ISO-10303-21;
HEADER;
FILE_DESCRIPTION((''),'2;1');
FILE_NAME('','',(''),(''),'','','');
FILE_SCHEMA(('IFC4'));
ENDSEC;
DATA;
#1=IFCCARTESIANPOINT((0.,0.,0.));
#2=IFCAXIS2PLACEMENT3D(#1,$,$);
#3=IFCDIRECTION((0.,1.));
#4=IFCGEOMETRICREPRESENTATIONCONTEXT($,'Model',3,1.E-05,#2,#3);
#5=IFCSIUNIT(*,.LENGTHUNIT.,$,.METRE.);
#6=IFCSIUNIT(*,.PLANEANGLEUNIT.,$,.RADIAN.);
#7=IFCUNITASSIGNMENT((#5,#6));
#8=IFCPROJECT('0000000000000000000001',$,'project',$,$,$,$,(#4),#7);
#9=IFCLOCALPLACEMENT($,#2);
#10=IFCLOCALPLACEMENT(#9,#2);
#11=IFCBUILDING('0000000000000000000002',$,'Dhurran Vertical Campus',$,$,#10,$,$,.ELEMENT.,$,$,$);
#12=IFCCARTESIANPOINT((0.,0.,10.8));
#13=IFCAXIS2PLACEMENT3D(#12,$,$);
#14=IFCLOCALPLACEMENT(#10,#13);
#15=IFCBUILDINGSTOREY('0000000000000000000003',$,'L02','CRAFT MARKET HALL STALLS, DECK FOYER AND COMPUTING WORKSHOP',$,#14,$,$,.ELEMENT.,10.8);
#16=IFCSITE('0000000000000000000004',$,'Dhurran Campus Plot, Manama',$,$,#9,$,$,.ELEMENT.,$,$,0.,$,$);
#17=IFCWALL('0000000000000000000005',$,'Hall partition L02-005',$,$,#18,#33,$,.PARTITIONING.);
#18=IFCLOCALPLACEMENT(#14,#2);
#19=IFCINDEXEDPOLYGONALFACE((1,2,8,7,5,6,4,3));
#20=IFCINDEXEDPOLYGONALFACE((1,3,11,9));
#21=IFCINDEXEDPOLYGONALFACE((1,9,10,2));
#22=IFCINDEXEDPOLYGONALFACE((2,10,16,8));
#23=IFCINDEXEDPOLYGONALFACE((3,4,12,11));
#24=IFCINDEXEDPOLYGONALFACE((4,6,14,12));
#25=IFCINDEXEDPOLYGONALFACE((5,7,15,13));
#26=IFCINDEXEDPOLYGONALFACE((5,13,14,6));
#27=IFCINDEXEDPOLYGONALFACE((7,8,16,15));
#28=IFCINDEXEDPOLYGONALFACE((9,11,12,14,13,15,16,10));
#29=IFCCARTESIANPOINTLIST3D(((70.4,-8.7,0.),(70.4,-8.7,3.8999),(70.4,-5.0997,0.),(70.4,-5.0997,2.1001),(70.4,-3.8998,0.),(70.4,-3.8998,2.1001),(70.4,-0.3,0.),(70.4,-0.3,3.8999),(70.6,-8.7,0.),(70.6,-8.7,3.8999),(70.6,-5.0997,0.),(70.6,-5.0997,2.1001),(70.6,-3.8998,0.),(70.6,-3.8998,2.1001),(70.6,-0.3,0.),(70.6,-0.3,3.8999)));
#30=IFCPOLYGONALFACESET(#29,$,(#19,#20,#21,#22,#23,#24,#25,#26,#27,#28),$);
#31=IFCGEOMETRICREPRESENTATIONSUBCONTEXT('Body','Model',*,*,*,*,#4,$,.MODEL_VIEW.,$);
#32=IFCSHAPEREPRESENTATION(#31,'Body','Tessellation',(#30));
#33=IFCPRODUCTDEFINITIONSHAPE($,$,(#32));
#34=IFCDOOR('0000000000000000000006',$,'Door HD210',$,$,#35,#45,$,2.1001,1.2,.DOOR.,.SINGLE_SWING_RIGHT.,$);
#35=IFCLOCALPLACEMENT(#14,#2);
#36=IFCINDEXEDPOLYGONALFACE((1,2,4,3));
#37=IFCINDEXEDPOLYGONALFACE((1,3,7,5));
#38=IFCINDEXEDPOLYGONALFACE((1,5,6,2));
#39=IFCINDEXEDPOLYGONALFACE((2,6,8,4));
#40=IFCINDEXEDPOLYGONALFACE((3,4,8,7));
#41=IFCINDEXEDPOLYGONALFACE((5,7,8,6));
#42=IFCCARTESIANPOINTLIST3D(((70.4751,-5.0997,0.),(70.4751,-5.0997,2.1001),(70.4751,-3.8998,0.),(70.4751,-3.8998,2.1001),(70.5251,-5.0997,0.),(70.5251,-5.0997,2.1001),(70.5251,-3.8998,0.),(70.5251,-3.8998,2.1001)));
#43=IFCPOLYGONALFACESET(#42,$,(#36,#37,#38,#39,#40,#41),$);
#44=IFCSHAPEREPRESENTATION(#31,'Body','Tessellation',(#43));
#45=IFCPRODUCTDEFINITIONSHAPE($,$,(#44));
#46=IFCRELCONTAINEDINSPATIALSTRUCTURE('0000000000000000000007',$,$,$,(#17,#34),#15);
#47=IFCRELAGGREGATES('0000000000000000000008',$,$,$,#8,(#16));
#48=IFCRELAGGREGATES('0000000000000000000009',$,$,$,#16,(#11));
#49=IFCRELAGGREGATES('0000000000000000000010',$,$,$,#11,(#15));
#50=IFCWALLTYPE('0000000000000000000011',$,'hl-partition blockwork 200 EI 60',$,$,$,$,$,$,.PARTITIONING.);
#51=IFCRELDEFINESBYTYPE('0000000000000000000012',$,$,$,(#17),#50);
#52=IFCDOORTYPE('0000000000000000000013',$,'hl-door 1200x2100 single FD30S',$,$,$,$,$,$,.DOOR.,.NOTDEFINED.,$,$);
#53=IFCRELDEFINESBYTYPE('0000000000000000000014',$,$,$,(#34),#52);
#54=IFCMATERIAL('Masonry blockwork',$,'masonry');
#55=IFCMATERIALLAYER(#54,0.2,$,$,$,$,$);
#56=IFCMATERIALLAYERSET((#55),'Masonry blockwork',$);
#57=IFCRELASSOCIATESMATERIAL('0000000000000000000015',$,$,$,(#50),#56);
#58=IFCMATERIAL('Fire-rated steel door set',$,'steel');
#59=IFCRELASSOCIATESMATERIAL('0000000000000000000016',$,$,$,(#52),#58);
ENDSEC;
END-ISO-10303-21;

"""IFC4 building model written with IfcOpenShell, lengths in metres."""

from ifc_helpers import new_model, si_unit, direction, frame, frame_2d, origin, place, context, subcontext, project, spatial, rectangle, extrude, material, layer, layer_set, type_object, element, fill, save


model = new_model("IFC4")

# Units and contexts
model_context = context("Model", 3, precision=1e-05, world=origin(), true_north=direction((0.0, 1.0)))
body_context = subcontext(model_context, "Body", "Model", "MODEL_VIEW")
ifc_project = project(units=[si_unit("LENGTHUNIT", "METRE"), si_unit("PLANEANGLEUNIT", "RADIAN")], contexts=[model_context])

# Site, building, storey
site_placement = place(None, origin())
site = spatial("IfcSite", under=ifc_project, at=site_placement, Name="Dhurran Campus Plot, Manama", CompositionType="ELEMENT", RefElevation=0.0)
building_placement = place(site_placement, origin())
building = spatial("IfcBuilding", under=site, at=building_placement, Name="Dhurran Vertical Campus", CompositionType="ELEMENT")
storey_placement = place(building_placement, frame((0.0, 0.0, 10.8)))
storey = spatial("IfcBuildingStorey", under=building, at=storey_placement, Name="L02", Description="CRAFT MARKET HALL STALLS, DECK FOYER AND COMPUTING WORKSHOP", CompositionType="ELEMENT", Elevation=10.8)

# Shared definitions
ifc_material_1 = material(Name="Masonry blockwork", Category="masonry")
ifc_layer_1 = layer(ifc_material_1, 0.2)
ifc_layer_set_1 = layer_set([ifc_layer_1], Name="Masonry blockwork")
wall_type_1 = type_object("IfcWallType", Name="hl-partition blockwork 200 EI 60", PredefinedType="PARTITIONING", material=ifc_layer_set_1)

# Wall, opening, door
ifc_material_2 = material(Name="Fire-rated steel door set", Category="steel")
door_type = type_object("IfcDoorType", Name="hl-door 1200x2100 single FD30S", OperationType="NOTDEFINED", PredefinedType="DOOR", material=ifc_material_2)
wall_1_placement = place(storey_placement, frame((70.5, -8.7, 0.0), z_axis=(0.0, 0.0, 1.0), x_axis=(0.0, 1.0, 0.0)))
wall_1 = element("IfcWall", 1, at=wall_1_placement, inside=storey, type_object=wall_type_1, Name="Hall partition L02-005", PredefinedType="PARTITIONING", context=body_context, shape_type="SweptSolid", body=[
    extrude(rectangle(XDim=8.3999, YDim=0.2, at=frame_2d((4.2, 0.0))), origin(), (0.0, 0.0, 1.0), 3.8999),
])
opening_1_placement = place(wall_1_placement, frame((3.6001, 0.0, 0.0)))
opening_1 = element("IfcOpeningElement", 2, at=opening_1_placement, cuts=wall_1, PredefinedType="OPENING", context=body_context, shape_type="SweptSolid", body=[
    extrude(rectangle(XDim=1.2, YDim=2.1001, at=frame_2d((0.6001, 1.05))), frame((0.0, 0.1099, 0.0), z_axis=(0.0, -1.0, 0.0), x_axis=(1.0, 0.0, 0.0)), (0.0, 0.0, 1.0), 0.22),
])
door_1_placement = place(opening_1_placement, origin())
door_1 = element("IfcDoor", 3, at=door_1_placement, inside=storey, type_object=door_type, Name="Door HD210", OperationType="SINGLE_SWING_RIGHT", OverallHeight=2.1001, OverallWidth=1.2, PredefinedType="DOOR", context=body_context, shape_type="SweptSolid", body=[
    extrude(rectangle(XDim=1.2, YDim=2.1001, at=frame_2d((0.6001, 1.05))), frame((0.0, 0.0249, 0.0), z_axis=(0.0, -1.0, 0.0), x_axis=(1.0, 0.0, 0.0)), (0.0, 0.0, 1.0), 0.05),
])
fill(opening_1, door_1)

save(model, "model.ifc")
